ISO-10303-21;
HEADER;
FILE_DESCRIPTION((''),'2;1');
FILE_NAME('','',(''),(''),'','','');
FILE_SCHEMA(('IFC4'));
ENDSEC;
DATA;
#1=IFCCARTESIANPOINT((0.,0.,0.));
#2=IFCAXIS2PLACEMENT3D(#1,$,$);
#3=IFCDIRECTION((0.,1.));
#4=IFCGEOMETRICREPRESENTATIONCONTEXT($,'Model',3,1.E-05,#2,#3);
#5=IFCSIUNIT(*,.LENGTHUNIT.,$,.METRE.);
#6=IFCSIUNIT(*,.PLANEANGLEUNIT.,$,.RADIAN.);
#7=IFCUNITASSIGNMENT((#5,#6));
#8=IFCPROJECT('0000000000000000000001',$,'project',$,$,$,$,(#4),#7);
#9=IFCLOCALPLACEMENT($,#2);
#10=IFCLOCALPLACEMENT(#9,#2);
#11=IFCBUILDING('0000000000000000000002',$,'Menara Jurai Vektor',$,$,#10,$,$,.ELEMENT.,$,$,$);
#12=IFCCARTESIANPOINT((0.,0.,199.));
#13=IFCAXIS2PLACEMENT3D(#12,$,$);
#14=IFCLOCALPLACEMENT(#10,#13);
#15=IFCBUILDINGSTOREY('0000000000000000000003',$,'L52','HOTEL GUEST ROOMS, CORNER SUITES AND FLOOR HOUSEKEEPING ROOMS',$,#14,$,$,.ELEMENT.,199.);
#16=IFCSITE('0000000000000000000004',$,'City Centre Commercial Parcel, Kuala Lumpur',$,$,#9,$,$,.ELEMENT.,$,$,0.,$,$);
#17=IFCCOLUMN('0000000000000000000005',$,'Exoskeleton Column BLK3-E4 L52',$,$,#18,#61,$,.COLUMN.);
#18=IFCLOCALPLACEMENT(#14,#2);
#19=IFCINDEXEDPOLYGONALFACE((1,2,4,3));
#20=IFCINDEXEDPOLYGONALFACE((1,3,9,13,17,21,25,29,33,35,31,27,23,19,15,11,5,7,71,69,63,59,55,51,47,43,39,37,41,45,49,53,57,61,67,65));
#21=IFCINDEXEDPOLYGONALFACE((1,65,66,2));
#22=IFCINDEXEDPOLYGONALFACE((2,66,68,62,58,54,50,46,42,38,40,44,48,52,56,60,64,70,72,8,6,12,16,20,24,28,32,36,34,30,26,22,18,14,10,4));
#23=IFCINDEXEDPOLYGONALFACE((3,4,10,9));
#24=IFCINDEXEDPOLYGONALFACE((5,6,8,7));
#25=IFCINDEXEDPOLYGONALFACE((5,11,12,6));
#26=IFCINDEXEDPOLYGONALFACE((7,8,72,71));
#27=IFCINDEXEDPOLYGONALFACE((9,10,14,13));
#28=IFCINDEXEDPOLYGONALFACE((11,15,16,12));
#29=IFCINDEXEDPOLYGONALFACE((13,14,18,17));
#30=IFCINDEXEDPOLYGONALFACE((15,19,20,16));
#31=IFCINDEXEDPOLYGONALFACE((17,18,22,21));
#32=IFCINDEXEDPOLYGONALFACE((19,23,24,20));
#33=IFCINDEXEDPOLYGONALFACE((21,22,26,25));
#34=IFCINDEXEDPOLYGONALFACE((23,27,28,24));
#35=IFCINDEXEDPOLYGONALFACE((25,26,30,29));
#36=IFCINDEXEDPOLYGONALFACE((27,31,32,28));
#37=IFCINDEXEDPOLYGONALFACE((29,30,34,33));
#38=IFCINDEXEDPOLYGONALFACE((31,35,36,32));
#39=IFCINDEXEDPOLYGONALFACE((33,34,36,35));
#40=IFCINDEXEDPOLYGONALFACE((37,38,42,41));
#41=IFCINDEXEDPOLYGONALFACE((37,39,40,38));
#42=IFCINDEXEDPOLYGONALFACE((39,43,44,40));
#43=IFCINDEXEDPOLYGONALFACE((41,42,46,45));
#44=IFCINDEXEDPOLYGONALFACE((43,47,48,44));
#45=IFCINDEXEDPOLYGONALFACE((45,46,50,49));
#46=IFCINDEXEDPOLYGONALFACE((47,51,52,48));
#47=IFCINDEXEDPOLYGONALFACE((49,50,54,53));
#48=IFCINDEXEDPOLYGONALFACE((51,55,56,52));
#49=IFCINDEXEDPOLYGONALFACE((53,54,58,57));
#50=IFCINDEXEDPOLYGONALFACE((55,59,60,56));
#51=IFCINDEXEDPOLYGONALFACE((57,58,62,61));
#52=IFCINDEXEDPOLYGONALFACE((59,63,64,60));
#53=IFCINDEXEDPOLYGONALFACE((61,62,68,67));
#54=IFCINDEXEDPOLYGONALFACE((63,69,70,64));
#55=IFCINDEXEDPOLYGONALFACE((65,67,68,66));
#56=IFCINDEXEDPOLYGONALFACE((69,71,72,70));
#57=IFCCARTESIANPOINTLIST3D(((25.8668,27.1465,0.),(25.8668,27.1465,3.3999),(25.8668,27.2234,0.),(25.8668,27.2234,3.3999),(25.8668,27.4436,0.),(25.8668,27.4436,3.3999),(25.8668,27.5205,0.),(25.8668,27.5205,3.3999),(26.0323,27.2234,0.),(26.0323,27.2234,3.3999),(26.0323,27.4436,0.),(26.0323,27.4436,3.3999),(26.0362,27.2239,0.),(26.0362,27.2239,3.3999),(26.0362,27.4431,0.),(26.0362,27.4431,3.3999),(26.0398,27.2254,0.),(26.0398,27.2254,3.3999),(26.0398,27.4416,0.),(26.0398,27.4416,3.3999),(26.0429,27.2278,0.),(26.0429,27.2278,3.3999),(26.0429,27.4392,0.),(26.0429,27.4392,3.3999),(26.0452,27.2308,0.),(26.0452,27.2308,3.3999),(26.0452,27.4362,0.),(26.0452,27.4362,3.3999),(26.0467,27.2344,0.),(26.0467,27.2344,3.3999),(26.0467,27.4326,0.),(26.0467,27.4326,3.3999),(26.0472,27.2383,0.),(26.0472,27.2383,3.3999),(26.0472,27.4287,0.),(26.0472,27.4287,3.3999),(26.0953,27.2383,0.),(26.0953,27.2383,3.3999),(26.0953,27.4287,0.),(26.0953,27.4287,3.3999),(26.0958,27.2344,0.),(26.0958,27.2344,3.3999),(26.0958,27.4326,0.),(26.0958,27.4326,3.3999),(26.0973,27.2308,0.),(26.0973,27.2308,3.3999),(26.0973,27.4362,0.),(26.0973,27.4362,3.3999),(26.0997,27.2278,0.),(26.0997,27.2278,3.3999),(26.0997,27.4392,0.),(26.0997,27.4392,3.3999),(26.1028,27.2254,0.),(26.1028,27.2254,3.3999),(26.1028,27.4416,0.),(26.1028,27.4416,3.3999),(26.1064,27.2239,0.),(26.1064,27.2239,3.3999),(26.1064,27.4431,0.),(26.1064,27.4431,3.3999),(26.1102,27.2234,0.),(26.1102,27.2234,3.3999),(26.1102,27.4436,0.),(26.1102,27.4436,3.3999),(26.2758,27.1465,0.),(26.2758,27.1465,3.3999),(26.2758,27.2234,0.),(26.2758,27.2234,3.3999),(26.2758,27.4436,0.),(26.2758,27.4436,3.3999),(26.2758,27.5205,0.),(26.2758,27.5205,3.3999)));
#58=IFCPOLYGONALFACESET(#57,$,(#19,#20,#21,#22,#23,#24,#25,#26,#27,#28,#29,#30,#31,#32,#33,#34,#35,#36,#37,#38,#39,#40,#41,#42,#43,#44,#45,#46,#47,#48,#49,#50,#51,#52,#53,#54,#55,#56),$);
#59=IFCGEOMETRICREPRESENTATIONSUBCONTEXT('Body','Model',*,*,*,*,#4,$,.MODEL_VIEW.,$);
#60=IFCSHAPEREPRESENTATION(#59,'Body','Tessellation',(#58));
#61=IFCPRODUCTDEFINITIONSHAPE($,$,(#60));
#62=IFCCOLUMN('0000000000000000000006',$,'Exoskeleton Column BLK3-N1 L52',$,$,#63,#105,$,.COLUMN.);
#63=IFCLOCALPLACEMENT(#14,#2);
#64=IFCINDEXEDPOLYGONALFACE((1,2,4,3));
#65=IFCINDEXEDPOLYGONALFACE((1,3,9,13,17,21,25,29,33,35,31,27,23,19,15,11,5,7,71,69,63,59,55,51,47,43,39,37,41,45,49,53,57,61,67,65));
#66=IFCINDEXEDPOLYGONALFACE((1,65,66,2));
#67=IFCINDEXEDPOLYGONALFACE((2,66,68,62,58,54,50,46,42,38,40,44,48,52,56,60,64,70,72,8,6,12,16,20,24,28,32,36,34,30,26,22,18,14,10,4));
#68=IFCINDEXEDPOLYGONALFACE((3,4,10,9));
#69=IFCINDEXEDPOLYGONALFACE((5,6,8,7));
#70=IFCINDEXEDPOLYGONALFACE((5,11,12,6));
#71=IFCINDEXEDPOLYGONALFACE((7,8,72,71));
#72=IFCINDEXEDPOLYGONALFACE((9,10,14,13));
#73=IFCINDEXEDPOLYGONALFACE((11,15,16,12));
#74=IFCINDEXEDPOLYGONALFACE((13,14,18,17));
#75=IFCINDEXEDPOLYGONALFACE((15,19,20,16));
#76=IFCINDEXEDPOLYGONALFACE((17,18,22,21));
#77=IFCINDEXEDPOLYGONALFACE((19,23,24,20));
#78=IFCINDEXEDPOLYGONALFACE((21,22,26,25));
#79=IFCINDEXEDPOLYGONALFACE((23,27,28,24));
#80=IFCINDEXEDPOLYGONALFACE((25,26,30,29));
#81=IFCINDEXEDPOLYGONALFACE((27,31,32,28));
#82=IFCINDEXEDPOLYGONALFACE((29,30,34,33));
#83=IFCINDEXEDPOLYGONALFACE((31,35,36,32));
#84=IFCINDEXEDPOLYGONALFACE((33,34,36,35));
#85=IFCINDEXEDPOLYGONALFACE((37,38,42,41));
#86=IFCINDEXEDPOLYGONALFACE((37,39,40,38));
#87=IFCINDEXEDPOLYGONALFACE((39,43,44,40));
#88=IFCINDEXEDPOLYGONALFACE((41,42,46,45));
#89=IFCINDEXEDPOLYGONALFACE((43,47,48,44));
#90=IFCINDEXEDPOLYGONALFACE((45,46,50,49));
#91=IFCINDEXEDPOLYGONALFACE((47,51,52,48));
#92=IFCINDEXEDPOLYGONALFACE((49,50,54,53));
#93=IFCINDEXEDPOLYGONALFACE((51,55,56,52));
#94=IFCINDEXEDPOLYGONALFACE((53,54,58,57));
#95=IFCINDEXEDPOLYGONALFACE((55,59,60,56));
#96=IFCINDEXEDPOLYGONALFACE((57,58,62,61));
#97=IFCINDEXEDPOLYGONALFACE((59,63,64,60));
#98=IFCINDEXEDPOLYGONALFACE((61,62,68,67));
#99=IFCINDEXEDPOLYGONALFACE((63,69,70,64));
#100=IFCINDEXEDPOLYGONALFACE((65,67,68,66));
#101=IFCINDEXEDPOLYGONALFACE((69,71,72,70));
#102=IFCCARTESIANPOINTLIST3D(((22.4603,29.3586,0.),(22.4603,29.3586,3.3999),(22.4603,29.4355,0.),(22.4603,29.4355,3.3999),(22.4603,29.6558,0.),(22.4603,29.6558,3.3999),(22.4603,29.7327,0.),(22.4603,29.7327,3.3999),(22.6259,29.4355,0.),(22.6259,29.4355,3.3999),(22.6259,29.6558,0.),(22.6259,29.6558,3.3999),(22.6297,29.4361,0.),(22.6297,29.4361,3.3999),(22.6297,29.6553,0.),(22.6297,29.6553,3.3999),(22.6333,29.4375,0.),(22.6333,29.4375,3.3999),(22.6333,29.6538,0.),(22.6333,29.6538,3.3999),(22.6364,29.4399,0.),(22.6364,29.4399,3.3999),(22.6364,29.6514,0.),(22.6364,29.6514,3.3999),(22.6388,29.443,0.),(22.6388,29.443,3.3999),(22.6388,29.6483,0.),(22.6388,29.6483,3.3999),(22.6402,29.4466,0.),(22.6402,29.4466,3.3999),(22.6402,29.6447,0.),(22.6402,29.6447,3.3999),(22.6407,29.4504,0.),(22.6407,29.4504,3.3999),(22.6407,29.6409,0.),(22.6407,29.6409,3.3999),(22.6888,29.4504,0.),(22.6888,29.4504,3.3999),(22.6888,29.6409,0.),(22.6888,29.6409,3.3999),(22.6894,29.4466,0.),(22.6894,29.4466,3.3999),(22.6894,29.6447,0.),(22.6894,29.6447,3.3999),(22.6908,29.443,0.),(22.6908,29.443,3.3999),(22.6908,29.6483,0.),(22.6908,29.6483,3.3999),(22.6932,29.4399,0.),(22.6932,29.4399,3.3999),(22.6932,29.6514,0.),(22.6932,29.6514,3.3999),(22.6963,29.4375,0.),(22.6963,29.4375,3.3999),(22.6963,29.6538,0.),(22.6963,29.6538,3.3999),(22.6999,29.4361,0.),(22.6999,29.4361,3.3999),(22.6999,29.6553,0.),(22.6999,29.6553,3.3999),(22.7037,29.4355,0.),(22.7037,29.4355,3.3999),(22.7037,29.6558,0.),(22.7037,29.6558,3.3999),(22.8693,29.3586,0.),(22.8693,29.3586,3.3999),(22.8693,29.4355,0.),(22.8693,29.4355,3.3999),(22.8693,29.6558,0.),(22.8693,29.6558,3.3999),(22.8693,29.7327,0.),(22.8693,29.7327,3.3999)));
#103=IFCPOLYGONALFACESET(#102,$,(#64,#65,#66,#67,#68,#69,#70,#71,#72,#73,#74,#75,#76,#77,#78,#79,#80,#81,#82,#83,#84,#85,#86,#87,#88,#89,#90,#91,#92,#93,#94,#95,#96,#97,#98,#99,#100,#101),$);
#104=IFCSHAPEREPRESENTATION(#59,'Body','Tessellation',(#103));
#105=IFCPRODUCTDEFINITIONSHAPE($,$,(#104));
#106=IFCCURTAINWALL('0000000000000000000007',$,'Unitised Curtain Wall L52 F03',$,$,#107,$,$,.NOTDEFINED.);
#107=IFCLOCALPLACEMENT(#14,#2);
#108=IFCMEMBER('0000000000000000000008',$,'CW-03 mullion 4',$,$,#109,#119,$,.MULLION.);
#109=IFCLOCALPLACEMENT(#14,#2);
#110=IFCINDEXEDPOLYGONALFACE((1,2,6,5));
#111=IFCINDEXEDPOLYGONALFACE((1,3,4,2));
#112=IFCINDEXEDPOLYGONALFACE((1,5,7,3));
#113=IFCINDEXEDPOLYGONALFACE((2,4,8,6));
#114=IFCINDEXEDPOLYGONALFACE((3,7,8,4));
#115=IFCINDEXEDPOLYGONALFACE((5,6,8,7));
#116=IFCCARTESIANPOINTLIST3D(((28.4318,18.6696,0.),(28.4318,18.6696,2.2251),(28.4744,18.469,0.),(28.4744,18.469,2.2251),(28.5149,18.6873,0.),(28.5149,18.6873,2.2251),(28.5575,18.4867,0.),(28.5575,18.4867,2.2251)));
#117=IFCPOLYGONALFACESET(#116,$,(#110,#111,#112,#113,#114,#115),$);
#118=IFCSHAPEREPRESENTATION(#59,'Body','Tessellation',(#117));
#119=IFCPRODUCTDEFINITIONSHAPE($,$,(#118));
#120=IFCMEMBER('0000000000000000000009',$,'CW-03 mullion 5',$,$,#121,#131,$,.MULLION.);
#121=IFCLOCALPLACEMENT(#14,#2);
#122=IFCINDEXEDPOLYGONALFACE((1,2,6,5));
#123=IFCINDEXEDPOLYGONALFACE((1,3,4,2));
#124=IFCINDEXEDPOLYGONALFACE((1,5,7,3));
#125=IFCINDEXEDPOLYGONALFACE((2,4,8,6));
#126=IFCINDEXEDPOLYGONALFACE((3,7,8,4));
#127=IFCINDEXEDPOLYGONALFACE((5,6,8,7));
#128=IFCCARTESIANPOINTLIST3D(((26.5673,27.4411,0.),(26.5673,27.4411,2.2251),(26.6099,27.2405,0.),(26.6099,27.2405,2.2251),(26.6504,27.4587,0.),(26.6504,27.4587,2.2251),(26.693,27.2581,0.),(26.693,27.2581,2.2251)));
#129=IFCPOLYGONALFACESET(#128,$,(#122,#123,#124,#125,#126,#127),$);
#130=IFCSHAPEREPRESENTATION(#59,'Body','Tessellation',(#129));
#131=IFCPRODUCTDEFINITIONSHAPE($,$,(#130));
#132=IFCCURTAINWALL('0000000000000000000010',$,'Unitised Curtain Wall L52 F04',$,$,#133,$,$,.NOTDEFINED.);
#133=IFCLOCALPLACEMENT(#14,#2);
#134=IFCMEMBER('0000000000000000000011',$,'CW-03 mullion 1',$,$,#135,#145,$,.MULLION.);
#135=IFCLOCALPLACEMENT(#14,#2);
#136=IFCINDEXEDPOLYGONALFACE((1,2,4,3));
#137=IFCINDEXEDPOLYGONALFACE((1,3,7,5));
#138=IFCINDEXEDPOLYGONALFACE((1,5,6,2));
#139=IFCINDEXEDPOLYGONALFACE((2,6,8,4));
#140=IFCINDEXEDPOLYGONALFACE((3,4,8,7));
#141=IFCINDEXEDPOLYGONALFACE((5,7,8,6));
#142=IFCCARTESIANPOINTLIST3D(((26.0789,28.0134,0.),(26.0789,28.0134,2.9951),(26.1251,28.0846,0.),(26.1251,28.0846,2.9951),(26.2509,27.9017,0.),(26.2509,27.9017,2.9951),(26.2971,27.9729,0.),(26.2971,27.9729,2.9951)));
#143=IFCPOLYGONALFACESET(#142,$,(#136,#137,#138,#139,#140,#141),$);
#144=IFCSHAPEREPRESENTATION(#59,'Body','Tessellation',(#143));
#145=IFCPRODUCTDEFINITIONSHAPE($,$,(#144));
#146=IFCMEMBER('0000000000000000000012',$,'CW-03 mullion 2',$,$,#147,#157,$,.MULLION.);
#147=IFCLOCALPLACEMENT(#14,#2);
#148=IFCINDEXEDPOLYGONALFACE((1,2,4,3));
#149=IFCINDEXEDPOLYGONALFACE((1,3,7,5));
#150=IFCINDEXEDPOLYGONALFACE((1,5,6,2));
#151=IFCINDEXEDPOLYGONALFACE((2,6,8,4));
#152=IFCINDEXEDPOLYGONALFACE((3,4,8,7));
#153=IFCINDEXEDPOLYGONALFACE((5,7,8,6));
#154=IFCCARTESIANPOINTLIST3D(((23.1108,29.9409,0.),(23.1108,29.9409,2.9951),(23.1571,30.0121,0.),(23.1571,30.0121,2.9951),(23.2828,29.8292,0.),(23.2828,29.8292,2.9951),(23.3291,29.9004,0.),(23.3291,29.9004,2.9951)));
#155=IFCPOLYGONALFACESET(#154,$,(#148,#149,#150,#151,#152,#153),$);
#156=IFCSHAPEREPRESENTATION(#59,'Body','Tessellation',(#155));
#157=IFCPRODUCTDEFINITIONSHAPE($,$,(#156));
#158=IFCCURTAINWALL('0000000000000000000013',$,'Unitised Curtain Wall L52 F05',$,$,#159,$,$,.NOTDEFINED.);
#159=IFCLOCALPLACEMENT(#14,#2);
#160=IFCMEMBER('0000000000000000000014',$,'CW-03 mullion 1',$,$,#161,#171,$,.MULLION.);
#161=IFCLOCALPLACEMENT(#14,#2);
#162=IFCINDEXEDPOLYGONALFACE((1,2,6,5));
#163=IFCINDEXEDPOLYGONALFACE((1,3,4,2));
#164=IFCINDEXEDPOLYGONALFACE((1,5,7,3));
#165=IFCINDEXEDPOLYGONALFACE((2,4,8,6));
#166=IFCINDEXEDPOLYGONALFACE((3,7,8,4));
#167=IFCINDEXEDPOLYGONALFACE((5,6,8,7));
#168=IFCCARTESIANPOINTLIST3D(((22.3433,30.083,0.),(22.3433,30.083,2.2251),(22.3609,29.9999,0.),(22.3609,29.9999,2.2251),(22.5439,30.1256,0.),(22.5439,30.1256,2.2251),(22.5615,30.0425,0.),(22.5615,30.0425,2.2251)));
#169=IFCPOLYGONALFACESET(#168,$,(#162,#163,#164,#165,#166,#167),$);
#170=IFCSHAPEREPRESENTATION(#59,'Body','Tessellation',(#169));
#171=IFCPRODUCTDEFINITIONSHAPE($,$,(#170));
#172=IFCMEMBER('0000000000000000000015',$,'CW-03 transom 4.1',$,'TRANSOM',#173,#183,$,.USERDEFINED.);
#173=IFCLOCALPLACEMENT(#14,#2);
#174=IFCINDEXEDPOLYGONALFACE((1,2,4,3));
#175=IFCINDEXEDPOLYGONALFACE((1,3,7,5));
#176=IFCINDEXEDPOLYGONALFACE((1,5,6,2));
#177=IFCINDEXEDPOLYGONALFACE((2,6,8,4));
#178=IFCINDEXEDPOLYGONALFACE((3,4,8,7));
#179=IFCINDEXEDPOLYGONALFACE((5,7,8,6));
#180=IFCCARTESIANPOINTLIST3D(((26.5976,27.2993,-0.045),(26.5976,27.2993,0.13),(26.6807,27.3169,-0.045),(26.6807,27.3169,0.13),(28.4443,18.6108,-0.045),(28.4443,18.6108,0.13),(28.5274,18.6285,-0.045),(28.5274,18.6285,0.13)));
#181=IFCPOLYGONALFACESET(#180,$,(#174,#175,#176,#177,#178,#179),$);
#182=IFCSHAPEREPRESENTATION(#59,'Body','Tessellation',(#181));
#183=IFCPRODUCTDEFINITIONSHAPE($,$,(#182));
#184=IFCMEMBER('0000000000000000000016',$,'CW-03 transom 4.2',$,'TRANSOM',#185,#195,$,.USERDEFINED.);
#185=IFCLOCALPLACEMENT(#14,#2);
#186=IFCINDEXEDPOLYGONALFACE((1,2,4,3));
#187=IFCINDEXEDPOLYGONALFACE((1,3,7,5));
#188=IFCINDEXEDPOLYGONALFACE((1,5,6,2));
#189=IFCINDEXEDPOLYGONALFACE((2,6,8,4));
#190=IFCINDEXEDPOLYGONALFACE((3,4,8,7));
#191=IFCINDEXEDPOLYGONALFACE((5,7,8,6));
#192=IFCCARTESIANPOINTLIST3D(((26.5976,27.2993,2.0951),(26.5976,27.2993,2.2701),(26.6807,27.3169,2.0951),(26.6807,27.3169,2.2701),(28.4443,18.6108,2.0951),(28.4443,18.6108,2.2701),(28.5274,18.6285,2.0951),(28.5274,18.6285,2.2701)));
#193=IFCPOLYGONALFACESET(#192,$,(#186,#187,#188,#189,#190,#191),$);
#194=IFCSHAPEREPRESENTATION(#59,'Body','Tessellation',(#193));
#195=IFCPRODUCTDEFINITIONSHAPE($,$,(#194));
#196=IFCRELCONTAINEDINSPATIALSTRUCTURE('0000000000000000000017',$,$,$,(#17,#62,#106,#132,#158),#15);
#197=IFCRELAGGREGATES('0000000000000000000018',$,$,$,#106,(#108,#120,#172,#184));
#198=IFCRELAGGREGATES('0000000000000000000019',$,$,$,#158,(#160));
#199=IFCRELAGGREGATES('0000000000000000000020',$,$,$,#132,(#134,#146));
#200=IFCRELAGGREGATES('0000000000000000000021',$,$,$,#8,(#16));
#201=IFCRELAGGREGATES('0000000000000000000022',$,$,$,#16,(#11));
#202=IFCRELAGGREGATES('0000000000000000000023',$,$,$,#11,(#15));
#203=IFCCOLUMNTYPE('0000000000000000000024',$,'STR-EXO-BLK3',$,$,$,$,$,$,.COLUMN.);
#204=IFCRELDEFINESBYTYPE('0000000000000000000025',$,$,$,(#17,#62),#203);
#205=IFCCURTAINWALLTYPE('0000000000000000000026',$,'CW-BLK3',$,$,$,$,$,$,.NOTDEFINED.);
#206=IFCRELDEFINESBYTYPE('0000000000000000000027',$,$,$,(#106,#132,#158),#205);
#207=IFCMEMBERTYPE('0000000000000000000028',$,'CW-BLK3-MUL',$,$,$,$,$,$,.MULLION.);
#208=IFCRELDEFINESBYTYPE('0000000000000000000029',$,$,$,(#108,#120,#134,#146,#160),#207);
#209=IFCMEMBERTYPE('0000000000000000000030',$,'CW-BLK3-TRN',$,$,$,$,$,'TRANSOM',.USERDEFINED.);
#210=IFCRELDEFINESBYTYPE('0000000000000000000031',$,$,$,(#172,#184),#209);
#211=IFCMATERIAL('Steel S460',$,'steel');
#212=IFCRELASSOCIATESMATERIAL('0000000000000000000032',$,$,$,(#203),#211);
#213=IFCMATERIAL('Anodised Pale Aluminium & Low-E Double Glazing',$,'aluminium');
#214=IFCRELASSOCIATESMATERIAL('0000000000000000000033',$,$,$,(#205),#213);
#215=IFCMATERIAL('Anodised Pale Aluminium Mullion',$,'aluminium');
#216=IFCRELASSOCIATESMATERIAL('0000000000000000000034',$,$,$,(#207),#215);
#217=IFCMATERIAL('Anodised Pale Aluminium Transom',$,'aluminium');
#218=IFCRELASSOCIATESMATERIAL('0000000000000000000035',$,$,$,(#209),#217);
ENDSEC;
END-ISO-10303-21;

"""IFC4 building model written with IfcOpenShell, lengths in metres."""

from ifc_helpers import new_model, si_unit, direction, frame, origin, origin_2d, place, context, subcontext, project, spatial, rectangle, i_section, extrude, material, material_profile, profile_set, type_object, element, aggregate, save


model = new_model("IFC4")

# Units and contexts
model_context = context("Model", 3, precision=1e-05, world=origin(), true_north=direction((0.0, 1.0)))
body_context = subcontext(model_context, "Body", "Model", "MODEL_VIEW")
ifc_project = project(units=[si_unit("LENGTHUNIT", "METRE"), si_unit("PLANEANGLEUNIT", "RADIAN")], contexts=[model_context])

# Site, building, storey
site_placement = place(None, origin())
site = spatial("IfcSite", under=ifc_project, at=site_placement, Name="City Centre Commercial Parcel, Kuala Lumpur", CompositionType="ELEMENT", RefElevation=0.0)
building_placement = place(site_placement, origin())
building = spatial("IfcBuilding", under=site, at=building_placement, Name="Menara Jurai Vektor", CompositionType="ELEMENT")
storey_placement = place(building_placement, frame((0.0, 0.0, 199.0)))
storey = spatial("IfcBuildingStorey", under=building, at=storey_placement, Name="L52", Description="HOTEL GUEST ROOMS, CORNER SUITES AND FLOOR HOUSEKEEPING ROOMS", CompositionType="ELEMENT", Elevation=199.0)

# Columns
ifc_material_1 = material(Name="Steel S460", Category="steel")
ifc_material_profile_1 = material_profile(ifc_material_1, i_section(OverallWidth=0.4089, OverallDepth=0.374, WebThickness=0.0481, FlangeThickness=0.0769, FilletRadius=0.0149, at=origin_2d()), Name="HD 400x634")
ifc_profile_set_1 = profile_set([ifc_material_profile_1], Name="Steel S460")
column_type = type_object("IfcColumnType", Name="STR-EXO-BLK3", PredefinedType="COLUMN", material=ifc_profile_set_1)
for number, where, z_axis, x_axis, name in (
    (1, (26.0713, 27.3335, 0.0), (0.0, 0.0, 1.0), (1.0, 0.0, 0.0), "Exoskeleton Column BLK3-E4 L52"),
    (2, (22.6648, 29.5457, 0.0), (0.0, 0.0, 1.0), (1.0, 0.0, 0.0), "Exoskeleton Column BLK3-N1 L52"),
):
    element("IfcColumn", number, at=place(storey_placement, frame(where, z_axis=z_axis, x_axis=x_axis)), inside=storey, type_object=column_type, Name=name, PredefinedType="COLUMN", context=body_context, shape_type="SweptSolid", body=[
        extrude(i_section(OverallWidth=0.4089, OverallDepth=0.374, WebThickness=0.0481, FlangeThickness=0.0769, FilletRadius=0.0149, at=origin_2d()), origin(), (0.0, 0.0, 1.0), 3.3999),
    ])

# Curtain walls, members
ifc_material_2 = material(Name="Anodised Pale Aluminium & Low-E Double Glazing", Category="aluminium")
curtain_wall_type = type_object("IfcCurtainWallType", Name="CW-BLK3", PredefinedType="NOTDEFINED", material=ifc_material_2)
curtain_wall_1_placement = place(storey_placement, origin())
curtain_wall_1 = element("IfcCurtainWall", 3, at=curtain_wall_1_placement, inside=storey, type_object=curtain_wall_type, Name="Unitised Curtain Wall L52 F03", PredefinedType="NOTDEFINED")
ifc_material_3 = material(Name="Anodised Pale Aluminium Mullion", Category="aluminium")
ifc_material_profile_2 = material_profile(ifc_material_3, rectangle(XDim=0.085, YDim=0.2051, at=origin_2d()), Name="ALU MUL 85x205")
ifc_profile_set_2 = profile_set([ifc_material_profile_2], Name="Anodised Pale Aluminium Mullion")
member_type_1 = type_object("IfcMemberType", Name="CW-BLK3-MUL", PredefinedType="MULLION", material=ifc_profile_set_2)
member_1_placement = place(storey_placement, frame((28.4946, 18.5781, 0.0), z_axis=(0.0, 0.0, 1.0), x_axis=(-0.978148, -0.20791, 0.0)))
member_1 = element("IfcMember", 4, at=member_1_placement, type_object=member_type_1, Name="CW-03 mullion 4", PredefinedType="MULLION", context=body_context, shape_type="SweptSolid", body=[
    extrude(rectangle(XDim=0.085, YDim=0.2051, at=origin_2d()), origin(), (0.0, 0.0, 1.0), 2.2251),
])
member_2_placement = place(storey_placement, frame((26.6301, 27.3496, 0.0), z_axis=(0.0, 0.0, 1.0), x_axis=(-0.978148, -0.20791, 0.0)))
member_2 = element("IfcMember", 5, at=member_2_placement, type_object=member_type_1, Name="CW-03 mullion 5", PredefinedType="MULLION", context=body_context, shape_type="SweptSolid", body=[
    extrude(rectangle(XDim=0.085, YDim=0.2051, at=origin_2d()), origin(), (0.0, 0.0, 1.0), 2.2251),
])
curtain_wall_2_placement = place(storey_placement, origin())
curtain_wall_2 = element("IfcCurtainWall", 6, at=curtain_wall_2_placement, inside=storey, type_object=curtain_wall_type, Name="Unitised Curtain Wall L52 F04", PredefinedType="NOTDEFINED")
member_3_placement = place(storey_placement, frame((26.188, 27.9932, 0.0), z_axis=(0.0, 0.0, 1.0), x_axis=(-0.544618, -0.838684, 0.0)))
member_3 = element("IfcMember", 7, at=member_3_placement, type_object=member_type_1, Name="CW-03 mullion 1", PredefinedType="MULLION", context=body_context, shape_type="SweptSolid", body=[
    extrude(rectangle(XDim=0.085, YDim=0.2051, at=origin_2d()), origin(), (0.0, 0.0, 1.0), 2.9951),
])
member_4_placement = place(storey_placement, frame((23.22, 29.9207, 0.0), z_axis=(0.0, 0.0, 1.0), x_axis=(-0.544618, -0.838684, 0.0)))
member_4 = element("IfcMember", 8, at=member_4_placement, type_object=member_type_1, Name="CW-03 mullion 2", PredefinedType="MULLION", context=body_context, shape_type="SweptSolid", body=[
    extrude(rectangle(XDim=0.085, YDim=0.2051, at=origin_2d()), origin(), (0.0, 0.0, 1.0), 2.9951),
])

# Curtain wall, member
curtain_wall_3_placement = place(storey_placement, origin())
curtain_wall_3 = element("IfcCurtainWall", 9, at=curtain_wall_3_placement, inside=storey, type_object=curtain_wall_type, Name="Unitised Curtain Wall L52 F05", PredefinedType="NOTDEFINED")
member_5_placement = place(storey_placement, frame((22.4524, 30.0627, 0.0), z_axis=(0.0, 0.0, 1.0), x_axis=(0.207911, -0.978148, 0.0)))
member_5 = element("IfcMember", 10, at=member_5_placement, type_object=member_type_1, Name="CW-03 mullion 1", PredefinedType="MULLION", context=body_context, shape_type="SweptSolid", body=[
    extrude(rectangle(XDim=0.085, YDim=0.2051, at=origin_2d()), origin(), (0.0, 0.0, 1.0), 2.2251),
])

# Members
ifc_material_4 = material(Name="Anodised Pale Aluminium Transom", Category="aluminium")
ifc_material_profile_3 = material_profile(ifc_material_4, rectangle(XDim=0.085, YDim=0.175, at=origin_2d()), Name="ALU TRN 85x175")
ifc_profile_set_3 = profile_set([ifc_material_profile_3], Name="Anodised Pale Aluminium Transom")
member_type_2 = type_object("IfcMemberType", Name="CW-BLK3-TRN", ElementType="TRANSOM", PredefinedType="USERDEFINED", material=ifc_profile_set_3)
member_6_placement = place(storey_placement, frame((28.4858, 18.6196, 0.0425), z_axis=(-0.2079, 0.97815, 0.0), x_axis=(-0.97815, -0.2079, 0.0)))
member_6 = element("IfcMember", 11, at=member_6_placement, type_object=member_type_2, Name="CW-03 transom 4.1", ObjectType="TRANSOM", PredefinedType="USERDEFINED", context=body_context, shape_type="SweptSolid", body=[
    extrude(rectangle(XDim=0.085, YDim=0.175, at=origin_2d()), origin(), (0.0, 0.0, 1.0), 8.8826),
])
member_7_placement = place(storey_placement, frame((28.4858, 18.6196, 2.1826), z_axis=(-0.2079, 0.97815, 0.0), x_axis=(-0.97815, -0.2079, 0.0)))
member_7 = element("IfcMember", 12, at=member_7_placement, type_object=member_type_2, Name="CW-03 transom 4.2", ObjectType="TRANSOM", PredefinedType="USERDEFINED", context=body_context, shape_type="SweptSolid", body=[
    extrude(rectangle(XDim=0.085, YDim=0.175, at=origin_2d()), origin(), (0.0, 0.0, 1.0), 8.8826),
])

aggregate(curtain_wall_1, [member_1, member_2, member_6, member_7])
aggregate(curtain_wall_3, [member_5])
aggregate(curtain_wall_2, [member_3, member_4])

save(model, "model.ifc")
